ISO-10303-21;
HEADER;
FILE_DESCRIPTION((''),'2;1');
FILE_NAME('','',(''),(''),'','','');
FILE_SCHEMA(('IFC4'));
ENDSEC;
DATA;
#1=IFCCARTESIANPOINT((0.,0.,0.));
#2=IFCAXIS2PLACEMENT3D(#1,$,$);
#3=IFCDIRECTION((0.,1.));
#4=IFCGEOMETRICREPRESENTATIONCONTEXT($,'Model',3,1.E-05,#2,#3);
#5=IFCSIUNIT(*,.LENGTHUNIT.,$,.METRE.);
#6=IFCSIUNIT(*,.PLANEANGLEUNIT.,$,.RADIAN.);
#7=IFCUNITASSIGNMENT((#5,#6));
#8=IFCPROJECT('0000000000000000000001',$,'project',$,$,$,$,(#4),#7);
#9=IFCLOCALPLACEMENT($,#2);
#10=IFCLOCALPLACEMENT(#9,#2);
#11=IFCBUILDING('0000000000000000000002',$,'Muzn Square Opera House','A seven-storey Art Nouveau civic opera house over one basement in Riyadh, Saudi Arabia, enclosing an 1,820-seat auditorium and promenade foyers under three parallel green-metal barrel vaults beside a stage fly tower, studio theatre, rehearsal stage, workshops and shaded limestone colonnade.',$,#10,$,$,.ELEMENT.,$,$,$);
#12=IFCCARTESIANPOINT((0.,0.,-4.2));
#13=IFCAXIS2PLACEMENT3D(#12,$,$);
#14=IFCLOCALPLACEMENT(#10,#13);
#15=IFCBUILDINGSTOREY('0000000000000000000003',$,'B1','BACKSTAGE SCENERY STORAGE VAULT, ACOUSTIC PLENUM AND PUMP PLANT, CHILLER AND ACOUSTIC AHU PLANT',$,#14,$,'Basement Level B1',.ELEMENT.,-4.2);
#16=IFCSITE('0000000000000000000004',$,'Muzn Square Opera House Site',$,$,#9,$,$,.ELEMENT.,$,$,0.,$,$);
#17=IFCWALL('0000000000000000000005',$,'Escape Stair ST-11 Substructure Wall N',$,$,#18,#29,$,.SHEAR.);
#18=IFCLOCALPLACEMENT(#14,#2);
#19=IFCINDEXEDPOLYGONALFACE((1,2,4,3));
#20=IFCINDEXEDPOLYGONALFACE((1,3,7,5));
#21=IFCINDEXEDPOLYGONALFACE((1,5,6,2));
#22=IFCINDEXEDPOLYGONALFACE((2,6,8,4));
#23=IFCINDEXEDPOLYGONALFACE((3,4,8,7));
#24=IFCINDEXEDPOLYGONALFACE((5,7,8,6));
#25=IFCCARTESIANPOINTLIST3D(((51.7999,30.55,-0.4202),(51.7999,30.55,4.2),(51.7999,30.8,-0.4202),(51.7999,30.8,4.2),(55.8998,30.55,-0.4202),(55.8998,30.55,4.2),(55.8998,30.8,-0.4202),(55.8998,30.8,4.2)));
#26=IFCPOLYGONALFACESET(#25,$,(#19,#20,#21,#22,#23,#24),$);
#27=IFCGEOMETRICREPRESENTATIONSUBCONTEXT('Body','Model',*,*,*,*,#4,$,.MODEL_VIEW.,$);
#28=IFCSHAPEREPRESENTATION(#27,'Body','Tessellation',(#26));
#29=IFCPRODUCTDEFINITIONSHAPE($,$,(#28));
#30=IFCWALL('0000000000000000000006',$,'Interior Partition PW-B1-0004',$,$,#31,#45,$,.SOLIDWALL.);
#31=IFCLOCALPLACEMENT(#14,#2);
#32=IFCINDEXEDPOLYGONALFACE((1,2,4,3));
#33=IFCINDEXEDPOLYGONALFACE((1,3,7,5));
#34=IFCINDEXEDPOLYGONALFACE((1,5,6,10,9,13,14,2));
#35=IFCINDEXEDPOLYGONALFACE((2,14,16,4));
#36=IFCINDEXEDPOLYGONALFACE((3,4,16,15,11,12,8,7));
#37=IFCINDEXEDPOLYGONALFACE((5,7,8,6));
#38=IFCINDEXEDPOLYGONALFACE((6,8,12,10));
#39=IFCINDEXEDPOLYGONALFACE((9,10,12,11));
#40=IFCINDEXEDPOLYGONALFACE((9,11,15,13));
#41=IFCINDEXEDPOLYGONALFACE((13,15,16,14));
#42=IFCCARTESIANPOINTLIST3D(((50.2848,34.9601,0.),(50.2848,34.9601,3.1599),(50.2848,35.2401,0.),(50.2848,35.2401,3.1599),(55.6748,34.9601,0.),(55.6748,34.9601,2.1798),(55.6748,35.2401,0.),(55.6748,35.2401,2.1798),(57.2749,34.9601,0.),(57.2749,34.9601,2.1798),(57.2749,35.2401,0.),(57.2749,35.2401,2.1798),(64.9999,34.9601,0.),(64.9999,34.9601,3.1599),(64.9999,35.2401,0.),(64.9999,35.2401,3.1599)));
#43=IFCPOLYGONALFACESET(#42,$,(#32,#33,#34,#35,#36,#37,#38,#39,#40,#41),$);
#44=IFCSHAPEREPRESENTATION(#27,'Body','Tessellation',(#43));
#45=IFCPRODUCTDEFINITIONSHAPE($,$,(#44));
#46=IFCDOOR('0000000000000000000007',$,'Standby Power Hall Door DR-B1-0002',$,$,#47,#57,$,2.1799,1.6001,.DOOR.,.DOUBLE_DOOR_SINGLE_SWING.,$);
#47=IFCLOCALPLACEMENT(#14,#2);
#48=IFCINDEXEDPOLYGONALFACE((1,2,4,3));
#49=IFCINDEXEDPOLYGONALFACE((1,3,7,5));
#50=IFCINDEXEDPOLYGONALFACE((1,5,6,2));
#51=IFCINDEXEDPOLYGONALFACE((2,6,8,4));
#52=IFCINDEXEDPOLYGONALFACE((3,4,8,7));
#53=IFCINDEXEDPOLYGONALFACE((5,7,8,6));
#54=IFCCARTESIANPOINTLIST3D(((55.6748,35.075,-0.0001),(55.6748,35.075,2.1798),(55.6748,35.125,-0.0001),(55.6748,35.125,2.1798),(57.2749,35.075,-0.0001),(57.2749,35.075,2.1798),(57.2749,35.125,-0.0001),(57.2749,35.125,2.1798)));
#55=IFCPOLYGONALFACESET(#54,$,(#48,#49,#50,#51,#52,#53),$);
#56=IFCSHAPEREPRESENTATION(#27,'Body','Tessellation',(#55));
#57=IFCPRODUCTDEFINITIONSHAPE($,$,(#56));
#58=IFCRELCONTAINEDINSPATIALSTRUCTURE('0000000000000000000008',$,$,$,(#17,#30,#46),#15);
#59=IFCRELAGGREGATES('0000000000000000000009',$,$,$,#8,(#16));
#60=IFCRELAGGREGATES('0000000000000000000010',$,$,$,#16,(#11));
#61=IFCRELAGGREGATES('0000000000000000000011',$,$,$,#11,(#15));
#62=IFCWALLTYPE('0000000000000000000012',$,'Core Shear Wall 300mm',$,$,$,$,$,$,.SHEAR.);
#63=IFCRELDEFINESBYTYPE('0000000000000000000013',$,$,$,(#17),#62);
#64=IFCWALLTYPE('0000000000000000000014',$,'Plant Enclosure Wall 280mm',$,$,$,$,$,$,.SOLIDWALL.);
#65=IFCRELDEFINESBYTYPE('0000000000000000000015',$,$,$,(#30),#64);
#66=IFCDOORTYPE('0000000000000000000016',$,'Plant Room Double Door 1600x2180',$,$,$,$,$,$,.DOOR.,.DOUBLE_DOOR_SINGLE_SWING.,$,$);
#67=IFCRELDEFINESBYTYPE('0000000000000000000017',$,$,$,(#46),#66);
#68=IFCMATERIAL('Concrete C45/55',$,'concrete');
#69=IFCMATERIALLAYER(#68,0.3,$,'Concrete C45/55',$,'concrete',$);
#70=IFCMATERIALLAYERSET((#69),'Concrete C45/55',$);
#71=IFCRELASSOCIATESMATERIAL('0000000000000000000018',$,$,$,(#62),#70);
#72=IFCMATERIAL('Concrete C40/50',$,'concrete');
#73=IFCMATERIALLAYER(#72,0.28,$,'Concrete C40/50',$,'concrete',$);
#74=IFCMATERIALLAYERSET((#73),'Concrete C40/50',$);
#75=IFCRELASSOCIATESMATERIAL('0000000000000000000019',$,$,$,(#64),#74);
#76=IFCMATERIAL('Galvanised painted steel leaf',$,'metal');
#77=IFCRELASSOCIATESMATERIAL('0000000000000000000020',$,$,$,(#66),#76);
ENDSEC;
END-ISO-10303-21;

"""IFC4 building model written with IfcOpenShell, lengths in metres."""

from ifc_helpers import new_model, si_unit, direction, frame, frame_2d, origin, place, context, subcontext, project, spatial, rectangle, extrude, material, layer, layer_set, type_object, element, fill, save


model = new_model("IFC4")

# Units and contexts
model_context = context("Model", 3, precision=1e-05, world=origin(), true_north=direction((0.0, 1.0)))
body_context = subcontext(model_context, "Body", "Model", "MODEL_VIEW")
ifc_project = project(units=[si_unit("LENGTHUNIT", "METRE"), si_unit("PLANEANGLEUNIT", "RADIAN")], contexts=[model_context])

# Site, building, storey
site_placement = place(None, origin())
site = spatial("IfcSite", under=ifc_project, at=site_placement, Name="Muzn Square Opera House Site", CompositionType="ELEMENT", RefElevation=0.0)
building_placement = place(site_placement, origin())
building = spatial("IfcBuilding", under=site, at=building_placement, Name="Muzn Square Opera House", Description="A seven-storey Art Nouveau civic opera house over one basement in Riyadh, Saudi Arabia, enclosing an 1,820-seat auditorium and promenade foyers under three parallel green-metal barrel vaults beside a stage fly tower, studio theatre, rehearsal stage, workshops and shaded limestone colonnade.", CompositionType="ELEMENT")
storey_placement = place(building_placement, frame((0.0, 0.0, -4.2)))
storey = spatial("IfcBuildingStorey", under=building, at=storey_placement, Name="B1", Description="BACKSTAGE SCENERY STORAGE VAULT, ACOUSTIC PLENUM AND PUMP PLANT, CHILLER AND ACOUSTIC AHU PLANT", LongName="Basement Level B1", CompositionType="ELEMENT", Elevation=-4.2)

# Shared definitions
ifc_material_1 = material(Name="Concrete C40/50", Category="concrete")

# Shared definitions
ifc_material_2 = material(Name="Concrete C45/55", Category="concrete")

# Wall
ifc_layer_1 = layer(ifc_material_2, 0.3, Name="Concrete C45/55", Category="concrete")
ifc_layer_set_1 = layer_set([ifc_layer_1], Name="Concrete C45/55")
wall_type_1 = type_object("IfcWallType", Name="Core Shear Wall 300mm", PredefinedType="SHEAR", material=ifc_layer_set_1)
wall_1_placement = place(storey_placement, frame((51.8, 30.675, -0.4202), z_axis=(0.0, 0.0, 1.0), x_axis=(1.0, 0.0, 0.0)))
element("IfcWall", 1, at=wall_1_placement, inside=storey, type_object=wall_type_1, Name="Escape Stair ST-11 Substructure Wall N", PredefinedType="SHEAR", context=body_context, shape_type="SweptSolid", body=[
    extrude(rectangle(XDim=4.0999, YDim=0.25, at=frame_2d((2.0498, 0.0))), origin(), (0.0, 0.0, 1.0), 4.6201),
])

# Wall, opening, door
ifc_material_3 = material(Name="Galvanised painted steel leaf", Category="metal")
ifc_layer_2 = layer(ifc_material_1, 0.28, Name="Concrete C40/50", Category="concrete")
ifc_layer_set_2 = layer_set([ifc_layer_2], Name="Concrete C40/50")
wall_type_2 = type_object("IfcWallType", Name="Plant Enclosure Wall 280mm", PredefinedType="SOLIDWALL", material=ifc_layer_set_2)
wall_2_placement = place(storey_placement, frame((50.2849, 35.1001, 0.0), z_axis=(0.0, 0.0, 1.0), x_axis=(1.0, 0.0, 0.0)))
wall_2 = element("IfcWall", 2, at=wall_2_placement, inside=storey, type_object=wall_type_2, Name="Interior Partition PW-B1-0004", PredefinedType="SOLIDWALL", context=body_context, shape_type="SweptSolid", body=[
    extrude(rectangle(XDim=14.7151, YDim=0.28, at=frame_2d((7.3574, 0.0))), origin(), (0.0, 0.0, 1.0), 3.1599),
])
opening_1_placement = place(wall_2_placement, frame((5.3899, 0.0, 0.0)))
opening_1 = element("IfcOpeningElement", 3, at=opening_1_placement, cuts=wall_2, PredefinedType="OPENING", context=body_context, shape_type="SweptSolid", body=[
    extrude(rectangle(XDim=1.6001, YDim=2.1799, at=frame_2d((0.8, 1.0898))), frame((0.0, 0.1499, 0.0), z_axis=(0.0, -1.0, 0.0), x_axis=(1.0, 0.0, 0.0)), (0.0, 0.0, 1.0), 0.3),
])
door_type_1 = type_object("IfcDoorType", Name="Plant Room Double Door 1600x2180", OperationType="DOUBLE_DOOR_SINGLE_SWING", PredefinedType="DOOR", material=ifc_material_3)
door_1_placement = place(opening_1_placement, origin())
door_1 = element("IfcDoor", 4, at=door_1_placement, inside=storey, type_object=door_type_1, Name="Standby Power Hall Door DR-B1-0002", OperationType="DOUBLE_DOOR_SINGLE_SWING", OverallHeight=2.1799, OverallWidth=1.6001, PredefinedType="DOOR", context=body_context, shape_type="SweptSolid", body=[
    extrude(rectangle(XDim=1.6001, YDim=2.1799, at=frame_2d((0.8, 1.0898))), frame((0.0, 0.0249, 0.0), z_axis=(0.0, -1.0, 0.0), x_axis=(1.0, 0.0, 0.0)), (0.0, 0.0, 1.0), 0.05),
])
fill(opening_1, door_1)

save(model, "model.ifc")
